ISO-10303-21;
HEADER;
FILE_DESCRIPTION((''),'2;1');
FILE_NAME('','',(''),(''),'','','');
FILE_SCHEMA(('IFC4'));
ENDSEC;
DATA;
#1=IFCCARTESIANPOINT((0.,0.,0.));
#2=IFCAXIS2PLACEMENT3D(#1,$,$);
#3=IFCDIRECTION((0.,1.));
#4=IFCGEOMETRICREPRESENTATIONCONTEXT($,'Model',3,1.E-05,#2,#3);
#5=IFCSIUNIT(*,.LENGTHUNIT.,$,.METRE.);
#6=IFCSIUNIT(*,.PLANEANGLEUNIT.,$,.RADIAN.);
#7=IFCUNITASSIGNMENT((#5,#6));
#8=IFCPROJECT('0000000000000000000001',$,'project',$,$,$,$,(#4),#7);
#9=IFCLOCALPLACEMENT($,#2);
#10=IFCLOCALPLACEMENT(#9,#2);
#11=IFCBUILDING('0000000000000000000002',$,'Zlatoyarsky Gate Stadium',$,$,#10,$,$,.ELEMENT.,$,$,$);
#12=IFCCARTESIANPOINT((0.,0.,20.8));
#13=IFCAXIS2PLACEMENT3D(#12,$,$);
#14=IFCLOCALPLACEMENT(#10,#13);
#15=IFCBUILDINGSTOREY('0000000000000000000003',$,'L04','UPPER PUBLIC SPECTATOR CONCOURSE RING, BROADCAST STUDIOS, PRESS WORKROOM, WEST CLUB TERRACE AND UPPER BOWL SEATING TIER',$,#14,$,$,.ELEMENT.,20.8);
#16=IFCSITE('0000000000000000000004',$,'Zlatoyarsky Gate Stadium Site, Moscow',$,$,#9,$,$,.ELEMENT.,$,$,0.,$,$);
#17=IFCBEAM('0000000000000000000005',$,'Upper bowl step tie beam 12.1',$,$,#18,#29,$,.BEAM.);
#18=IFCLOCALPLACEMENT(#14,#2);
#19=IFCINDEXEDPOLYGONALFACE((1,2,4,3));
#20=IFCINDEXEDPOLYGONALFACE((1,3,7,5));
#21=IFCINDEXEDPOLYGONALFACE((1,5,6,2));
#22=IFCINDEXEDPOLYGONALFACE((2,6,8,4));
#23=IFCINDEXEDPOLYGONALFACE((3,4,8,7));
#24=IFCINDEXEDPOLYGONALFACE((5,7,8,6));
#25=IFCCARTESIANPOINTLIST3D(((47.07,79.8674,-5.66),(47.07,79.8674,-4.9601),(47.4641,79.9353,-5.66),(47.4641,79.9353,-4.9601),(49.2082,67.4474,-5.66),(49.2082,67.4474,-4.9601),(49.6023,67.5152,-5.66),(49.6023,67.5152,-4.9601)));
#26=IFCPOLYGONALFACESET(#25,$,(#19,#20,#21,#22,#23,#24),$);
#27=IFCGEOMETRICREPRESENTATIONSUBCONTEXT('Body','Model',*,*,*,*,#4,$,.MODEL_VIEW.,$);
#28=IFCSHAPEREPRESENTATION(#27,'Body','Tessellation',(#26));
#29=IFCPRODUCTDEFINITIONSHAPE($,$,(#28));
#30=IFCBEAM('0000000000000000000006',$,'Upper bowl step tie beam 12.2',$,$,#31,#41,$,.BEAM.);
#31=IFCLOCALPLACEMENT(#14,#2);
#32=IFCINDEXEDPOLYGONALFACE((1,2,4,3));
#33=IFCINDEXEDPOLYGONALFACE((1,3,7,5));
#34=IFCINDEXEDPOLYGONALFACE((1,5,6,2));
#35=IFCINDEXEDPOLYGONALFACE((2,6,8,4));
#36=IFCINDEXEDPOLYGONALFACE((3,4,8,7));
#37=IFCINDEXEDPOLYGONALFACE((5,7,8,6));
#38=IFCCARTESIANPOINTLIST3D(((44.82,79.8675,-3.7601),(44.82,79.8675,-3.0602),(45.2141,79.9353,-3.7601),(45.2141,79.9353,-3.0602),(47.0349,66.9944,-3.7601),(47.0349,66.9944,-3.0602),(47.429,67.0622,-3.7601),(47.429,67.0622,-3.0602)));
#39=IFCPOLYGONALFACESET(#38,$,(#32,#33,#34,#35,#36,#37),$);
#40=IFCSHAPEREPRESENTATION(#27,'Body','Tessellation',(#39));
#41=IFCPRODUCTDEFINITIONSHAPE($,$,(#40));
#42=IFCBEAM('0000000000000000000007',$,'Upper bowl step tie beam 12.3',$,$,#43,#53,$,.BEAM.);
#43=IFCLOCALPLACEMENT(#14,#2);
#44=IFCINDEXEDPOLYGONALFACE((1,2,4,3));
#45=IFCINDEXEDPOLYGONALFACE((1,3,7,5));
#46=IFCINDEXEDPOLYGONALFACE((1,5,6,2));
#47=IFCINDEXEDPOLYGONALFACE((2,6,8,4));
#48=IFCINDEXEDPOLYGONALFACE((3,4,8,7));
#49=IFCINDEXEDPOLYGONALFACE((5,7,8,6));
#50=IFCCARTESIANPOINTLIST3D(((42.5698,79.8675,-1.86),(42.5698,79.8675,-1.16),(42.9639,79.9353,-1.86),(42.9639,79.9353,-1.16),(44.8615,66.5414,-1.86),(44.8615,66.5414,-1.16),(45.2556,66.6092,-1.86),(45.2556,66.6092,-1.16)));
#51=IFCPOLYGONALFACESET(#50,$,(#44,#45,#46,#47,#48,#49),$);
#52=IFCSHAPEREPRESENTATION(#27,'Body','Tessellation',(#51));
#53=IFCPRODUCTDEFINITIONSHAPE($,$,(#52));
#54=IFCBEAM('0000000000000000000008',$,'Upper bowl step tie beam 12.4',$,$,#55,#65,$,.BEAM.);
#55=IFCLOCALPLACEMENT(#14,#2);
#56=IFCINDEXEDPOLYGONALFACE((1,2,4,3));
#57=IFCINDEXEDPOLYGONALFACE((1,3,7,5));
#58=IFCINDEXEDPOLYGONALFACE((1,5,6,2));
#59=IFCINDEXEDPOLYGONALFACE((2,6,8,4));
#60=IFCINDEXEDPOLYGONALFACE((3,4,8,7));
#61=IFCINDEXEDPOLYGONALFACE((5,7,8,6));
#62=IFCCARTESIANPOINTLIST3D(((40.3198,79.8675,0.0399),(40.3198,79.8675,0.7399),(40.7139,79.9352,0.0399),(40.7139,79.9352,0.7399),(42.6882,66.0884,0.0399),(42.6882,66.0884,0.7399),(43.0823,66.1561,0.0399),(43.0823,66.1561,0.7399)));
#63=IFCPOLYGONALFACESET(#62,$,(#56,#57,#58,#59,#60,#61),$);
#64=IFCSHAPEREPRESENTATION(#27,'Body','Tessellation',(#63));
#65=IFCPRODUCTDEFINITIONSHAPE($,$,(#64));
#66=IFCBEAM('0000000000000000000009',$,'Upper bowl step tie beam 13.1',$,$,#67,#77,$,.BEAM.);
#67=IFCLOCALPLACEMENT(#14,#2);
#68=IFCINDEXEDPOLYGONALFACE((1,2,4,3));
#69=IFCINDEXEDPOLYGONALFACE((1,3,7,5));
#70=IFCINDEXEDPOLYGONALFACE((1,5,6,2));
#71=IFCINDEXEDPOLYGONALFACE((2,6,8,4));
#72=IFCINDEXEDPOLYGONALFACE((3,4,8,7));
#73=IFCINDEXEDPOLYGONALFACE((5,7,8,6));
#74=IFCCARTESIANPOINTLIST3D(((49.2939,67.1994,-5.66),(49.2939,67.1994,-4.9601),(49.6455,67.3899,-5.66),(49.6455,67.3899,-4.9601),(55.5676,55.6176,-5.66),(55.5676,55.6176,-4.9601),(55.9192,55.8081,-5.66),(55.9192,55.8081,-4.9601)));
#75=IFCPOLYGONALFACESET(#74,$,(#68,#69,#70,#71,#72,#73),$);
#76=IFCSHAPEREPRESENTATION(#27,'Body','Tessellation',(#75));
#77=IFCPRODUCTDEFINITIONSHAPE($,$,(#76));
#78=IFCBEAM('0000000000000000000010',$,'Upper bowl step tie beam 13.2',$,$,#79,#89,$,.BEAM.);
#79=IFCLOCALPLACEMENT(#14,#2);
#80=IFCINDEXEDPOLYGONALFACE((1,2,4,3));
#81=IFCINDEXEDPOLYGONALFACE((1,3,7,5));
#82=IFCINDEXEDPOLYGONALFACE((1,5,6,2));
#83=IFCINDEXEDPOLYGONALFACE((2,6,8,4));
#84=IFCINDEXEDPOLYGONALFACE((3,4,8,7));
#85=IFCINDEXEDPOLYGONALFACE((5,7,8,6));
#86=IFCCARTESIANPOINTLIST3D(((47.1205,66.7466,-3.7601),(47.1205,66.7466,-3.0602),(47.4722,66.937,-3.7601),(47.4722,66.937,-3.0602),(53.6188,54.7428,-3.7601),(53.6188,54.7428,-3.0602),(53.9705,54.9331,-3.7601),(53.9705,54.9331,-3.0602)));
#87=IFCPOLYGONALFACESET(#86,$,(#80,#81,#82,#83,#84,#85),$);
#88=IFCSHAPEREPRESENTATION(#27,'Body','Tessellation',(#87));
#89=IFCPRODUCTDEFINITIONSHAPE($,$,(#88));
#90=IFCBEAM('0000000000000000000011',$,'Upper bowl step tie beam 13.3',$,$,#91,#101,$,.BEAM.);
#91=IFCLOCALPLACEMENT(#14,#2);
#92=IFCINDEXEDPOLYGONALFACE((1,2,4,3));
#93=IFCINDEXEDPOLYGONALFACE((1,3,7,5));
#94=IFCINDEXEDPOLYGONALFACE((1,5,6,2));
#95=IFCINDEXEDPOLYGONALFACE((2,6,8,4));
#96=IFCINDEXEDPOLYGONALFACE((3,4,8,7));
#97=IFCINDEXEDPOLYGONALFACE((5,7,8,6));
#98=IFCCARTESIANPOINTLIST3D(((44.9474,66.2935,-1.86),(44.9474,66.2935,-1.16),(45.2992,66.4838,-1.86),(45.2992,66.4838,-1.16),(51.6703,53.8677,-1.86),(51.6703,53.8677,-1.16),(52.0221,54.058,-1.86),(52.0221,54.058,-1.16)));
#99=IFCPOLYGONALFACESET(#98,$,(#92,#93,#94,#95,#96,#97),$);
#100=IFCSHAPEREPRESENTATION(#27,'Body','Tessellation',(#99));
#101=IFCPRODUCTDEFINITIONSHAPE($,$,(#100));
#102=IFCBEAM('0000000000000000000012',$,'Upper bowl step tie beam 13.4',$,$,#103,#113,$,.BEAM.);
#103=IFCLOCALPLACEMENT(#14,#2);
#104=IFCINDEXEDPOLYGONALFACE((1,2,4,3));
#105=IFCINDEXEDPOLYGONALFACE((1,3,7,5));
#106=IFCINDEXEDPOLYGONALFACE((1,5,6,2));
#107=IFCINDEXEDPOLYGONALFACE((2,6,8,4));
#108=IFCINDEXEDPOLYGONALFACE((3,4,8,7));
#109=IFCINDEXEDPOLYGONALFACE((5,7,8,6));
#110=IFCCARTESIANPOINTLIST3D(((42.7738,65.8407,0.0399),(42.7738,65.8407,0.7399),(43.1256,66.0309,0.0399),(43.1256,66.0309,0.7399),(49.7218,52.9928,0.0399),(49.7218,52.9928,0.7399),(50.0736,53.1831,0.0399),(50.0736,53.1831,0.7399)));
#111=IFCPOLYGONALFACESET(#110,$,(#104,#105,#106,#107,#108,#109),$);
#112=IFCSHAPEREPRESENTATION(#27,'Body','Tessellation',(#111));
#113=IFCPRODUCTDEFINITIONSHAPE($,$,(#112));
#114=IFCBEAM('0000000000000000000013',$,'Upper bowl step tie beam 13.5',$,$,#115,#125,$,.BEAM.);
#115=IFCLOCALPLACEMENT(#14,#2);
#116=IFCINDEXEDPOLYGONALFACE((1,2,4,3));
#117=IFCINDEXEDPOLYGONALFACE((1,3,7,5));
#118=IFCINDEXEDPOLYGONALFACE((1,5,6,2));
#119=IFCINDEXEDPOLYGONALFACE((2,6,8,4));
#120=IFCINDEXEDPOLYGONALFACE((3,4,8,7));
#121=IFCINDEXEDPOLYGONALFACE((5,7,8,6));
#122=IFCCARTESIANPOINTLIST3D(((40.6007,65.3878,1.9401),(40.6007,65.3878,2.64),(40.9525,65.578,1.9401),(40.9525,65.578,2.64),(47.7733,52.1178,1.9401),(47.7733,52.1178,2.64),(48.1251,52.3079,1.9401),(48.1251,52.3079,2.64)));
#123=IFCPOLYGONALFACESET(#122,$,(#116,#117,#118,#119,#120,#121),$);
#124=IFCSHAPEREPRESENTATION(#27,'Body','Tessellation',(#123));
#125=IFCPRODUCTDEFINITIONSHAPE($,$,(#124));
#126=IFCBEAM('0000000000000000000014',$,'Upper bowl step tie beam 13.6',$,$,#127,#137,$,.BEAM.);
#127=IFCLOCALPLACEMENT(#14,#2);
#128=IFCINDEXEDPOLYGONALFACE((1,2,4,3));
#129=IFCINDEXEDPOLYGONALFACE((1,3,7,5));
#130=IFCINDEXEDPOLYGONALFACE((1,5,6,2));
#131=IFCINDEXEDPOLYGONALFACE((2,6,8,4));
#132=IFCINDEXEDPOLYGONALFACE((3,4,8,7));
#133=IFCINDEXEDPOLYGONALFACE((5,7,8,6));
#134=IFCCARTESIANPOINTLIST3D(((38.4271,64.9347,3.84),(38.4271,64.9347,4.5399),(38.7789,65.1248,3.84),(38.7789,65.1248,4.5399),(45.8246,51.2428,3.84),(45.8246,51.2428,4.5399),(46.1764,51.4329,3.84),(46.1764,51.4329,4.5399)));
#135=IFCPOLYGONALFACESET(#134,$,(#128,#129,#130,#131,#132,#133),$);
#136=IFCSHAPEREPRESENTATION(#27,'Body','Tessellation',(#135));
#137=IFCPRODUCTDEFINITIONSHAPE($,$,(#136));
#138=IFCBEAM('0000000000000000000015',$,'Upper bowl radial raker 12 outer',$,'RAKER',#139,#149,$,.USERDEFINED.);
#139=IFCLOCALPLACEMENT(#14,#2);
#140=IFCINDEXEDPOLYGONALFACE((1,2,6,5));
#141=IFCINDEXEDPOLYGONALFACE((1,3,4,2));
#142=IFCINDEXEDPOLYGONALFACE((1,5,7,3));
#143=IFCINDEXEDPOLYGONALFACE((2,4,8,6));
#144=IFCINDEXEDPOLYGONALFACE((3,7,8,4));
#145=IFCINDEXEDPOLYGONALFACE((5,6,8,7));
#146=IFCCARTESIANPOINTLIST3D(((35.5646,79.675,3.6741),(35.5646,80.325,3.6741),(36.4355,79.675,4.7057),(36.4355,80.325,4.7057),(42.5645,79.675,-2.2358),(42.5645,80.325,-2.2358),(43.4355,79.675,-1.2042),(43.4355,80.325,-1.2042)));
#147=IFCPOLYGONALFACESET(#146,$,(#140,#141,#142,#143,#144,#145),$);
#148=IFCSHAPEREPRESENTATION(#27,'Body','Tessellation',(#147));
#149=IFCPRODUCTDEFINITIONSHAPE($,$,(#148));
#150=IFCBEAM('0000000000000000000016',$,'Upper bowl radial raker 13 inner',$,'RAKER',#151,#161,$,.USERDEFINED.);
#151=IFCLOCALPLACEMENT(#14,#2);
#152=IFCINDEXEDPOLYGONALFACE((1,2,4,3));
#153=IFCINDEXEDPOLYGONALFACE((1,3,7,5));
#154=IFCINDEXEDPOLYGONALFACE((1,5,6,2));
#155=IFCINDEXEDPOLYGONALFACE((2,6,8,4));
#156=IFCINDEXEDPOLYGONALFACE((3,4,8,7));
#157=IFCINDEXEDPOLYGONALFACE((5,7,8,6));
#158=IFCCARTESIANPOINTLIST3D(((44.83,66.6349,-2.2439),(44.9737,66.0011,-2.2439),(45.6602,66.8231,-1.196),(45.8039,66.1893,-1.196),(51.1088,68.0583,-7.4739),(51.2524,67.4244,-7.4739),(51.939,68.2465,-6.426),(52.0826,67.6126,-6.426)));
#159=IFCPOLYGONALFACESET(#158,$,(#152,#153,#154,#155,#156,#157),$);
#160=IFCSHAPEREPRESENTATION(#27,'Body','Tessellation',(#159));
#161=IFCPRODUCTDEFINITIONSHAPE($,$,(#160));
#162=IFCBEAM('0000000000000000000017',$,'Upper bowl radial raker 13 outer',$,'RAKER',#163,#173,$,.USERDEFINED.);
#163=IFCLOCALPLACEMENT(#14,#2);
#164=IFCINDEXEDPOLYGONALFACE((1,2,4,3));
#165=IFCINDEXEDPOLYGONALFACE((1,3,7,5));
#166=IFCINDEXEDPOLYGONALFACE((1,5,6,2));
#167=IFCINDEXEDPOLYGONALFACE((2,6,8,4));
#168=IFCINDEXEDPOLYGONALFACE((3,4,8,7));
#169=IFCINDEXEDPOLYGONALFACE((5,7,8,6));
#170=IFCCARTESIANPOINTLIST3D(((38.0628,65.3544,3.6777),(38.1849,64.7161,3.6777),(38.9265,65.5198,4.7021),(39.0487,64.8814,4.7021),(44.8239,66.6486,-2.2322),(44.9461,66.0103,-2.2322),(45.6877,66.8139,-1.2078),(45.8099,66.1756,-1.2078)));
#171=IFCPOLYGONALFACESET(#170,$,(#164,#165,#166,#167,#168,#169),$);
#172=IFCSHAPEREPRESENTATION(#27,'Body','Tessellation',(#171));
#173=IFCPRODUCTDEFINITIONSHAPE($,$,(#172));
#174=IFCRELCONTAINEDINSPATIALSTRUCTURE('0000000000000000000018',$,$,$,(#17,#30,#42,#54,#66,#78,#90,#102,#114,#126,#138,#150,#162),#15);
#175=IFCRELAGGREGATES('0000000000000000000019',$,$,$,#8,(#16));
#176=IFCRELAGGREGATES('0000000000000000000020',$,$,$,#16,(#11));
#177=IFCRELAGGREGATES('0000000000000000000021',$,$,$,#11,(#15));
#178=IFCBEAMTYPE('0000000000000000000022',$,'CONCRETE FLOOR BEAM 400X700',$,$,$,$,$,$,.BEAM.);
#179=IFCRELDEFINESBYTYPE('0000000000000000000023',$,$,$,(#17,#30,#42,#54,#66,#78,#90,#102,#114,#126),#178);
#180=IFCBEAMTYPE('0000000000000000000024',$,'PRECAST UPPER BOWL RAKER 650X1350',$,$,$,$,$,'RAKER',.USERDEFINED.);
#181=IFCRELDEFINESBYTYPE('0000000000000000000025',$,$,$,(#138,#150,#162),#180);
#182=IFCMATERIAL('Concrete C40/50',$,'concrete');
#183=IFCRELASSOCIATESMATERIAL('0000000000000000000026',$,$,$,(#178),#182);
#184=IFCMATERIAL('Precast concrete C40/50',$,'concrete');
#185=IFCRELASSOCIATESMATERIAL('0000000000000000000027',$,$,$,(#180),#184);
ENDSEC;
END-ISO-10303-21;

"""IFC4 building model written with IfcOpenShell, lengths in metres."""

from ifc_helpers import new_model, si_unit, direction, frame, origin, origin_2d, place, context, subcontext, project, spatial, rectangle, extrude, material, material_profile, profile_set, type_object, element, save


model = new_model("IFC4")

# Units and contexts
model_context = context("Model", 3, precision=1e-05, world=origin(), true_north=direction((0.0, 1.0)))
body_context = subcontext(model_context, "Body", "Model", "MODEL_VIEW")
ifc_project = project(units=[si_unit("LENGTHUNIT", "METRE"), si_unit("PLANEANGLEUNIT", "RADIAN")], contexts=[model_context])

# Site, building, storey
site_placement = place(None, origin())
site = spatial("IfcSite", under=ifc_project, at=site_placement, Name="Zlatoyarsky Gate Stadium Site, Moscow", CompositionType="ELEMENT", RefElevation=0.0)
building_placement = place(site_placement, origin())
building = spatial("IfcBuilding", under=site, at=building_placement, Name="Zlatoyarsky Gate Stadium", CompositionType="ELEMENT")
storey_placement = place(building_placement, frame((0.0, 0.0, 20.8)))
storey = spatial("IfcBuildingStorey", under=building, at=storey_placement, Name="L04", Description="UPPER PUBLIC SPECTATOR CONCOURSE RING, BROADCAST STUDIOS, PRESS WORKROOM, WEST CLUB TERRACE AND UPPER BOWL SEATING TIER", CompositionType="ELEMENT", Elevation=20.8)

# Beams
ifc_material_1 = material(Name="Concrete C40/50", Category="concrete")
ifc_material_profile_1 = material_profile(ifc_material_1, rectangle(XDim=0.3999, YDim=0.7, at=origin_2d()), Name="RC BEAM 400X700")
ifc_profile_set_1 = profile_set([ifc_material_profile_1], Name="Concrete C40/50")
beam_type_1 = type_object("IfcBeamType", Name="CONCRETE FLOOR BEAM 400X700", PredefinedType="BEAM", material=ifc_profile_set_1)
beam_1_placement = place(storey_placement, frame((47.2671, 79.9014, -5.3101), z_axis=(0.169658, -0.985503, 0.0), x_axis=(0.985503, 0.169658, 0.0)))
element("IfcBeam", 1, at=beam_1_placement, inside=storey, type_object=beam_type_1, Name="Upper bowl step tie beam 12.1", PredefinedType="BEAM", context=body_context, shape_type="SweptSolid", body=[
    extrude(rectangle(XDim=0.3999, YDim=0.7, at=origin_2d()), origin(), (0.0, 0.0, 1.0), 12.6028),
])
beam_2_placement = place(storey_placement, frame((45.0171, 79.9014, -3.4102), z_axis=(0.169561, -0.98552, 0.0), x_axis=(0.98552, 0.169561, 0.0)))
element("IfcBeam", 2, at=beam_2_placement, inside=storey, type_object=beam_type_1, Name="Upper bowl step tie beam 12.2", PredefinedType="BEAM", context=body_context, shape_type="SweptSolid", body=[
    extrude(rectangle(XDim=0.3999, YDim=0.7, at=origin_2d()), origin(), (0.0, 0.0, 1.0), 13.0623),
])
beam_3_placement = place(storey_placement, frame((42.7668, 79.9014, -1.51), z_axis=(0.169485, -0.985533, 0.0), x_axis=(0.985533, 0.169485, 0.0)))
element("IfcBeam", 3, at=beam_3_placement, inside=storey, type_object=beam_type_1, Name="Upper bowl step tie beam 12.3", PredefinedType="BEAM", context=body_context, shape_type="SweptSolid", body=[
    extrude(rectangle(XDim=0.3999, YDim=0.7, at=origin_2d()), origin(), (0.0, 0.0, 1.0), 13.5217),
])
beam_4_placement = place(storey_placement, frame((40.5168, 79.9014, 0.3899), z_axis=(0.1694, -0.985547, 0.0), x_axis=(0.985547, 0.1694, 0.0)))
element("IfcBeam", 4, at=beam_4_placement, inside=storey, type_object=beam_type_1, Name="Upper bowl step tie beam 12.4", PredefinedType="BEAM", context=body_context, shape_type="SweptSolid", body=[
    extrude(rectangle(XDim=0.3999, YDim=0.7, at=origin_2d()), origin(), (0.0, 0.0, 1.0), 13.9812),
])
beam_5_placement = place(storey_placement, frame((49.4697, 67.2947, -5.3101), z_axis=(0.476296, -0.879285, 0.0), x_axis=(0.879285, 0.476296, 0.0)))
element("IfcBeam", 5, at=beam_5_placement, inside=storey, type_object=beam_type_1, Name="Upper bowl step tie beam 13.1", PredefinedType="BEAM", context=body_context, shape_type="SweptSolid", body=[
    extrude(rectangle(XDim=0.3999, YDim=0.7, at=origin_2d()), origin(), (0.0, 0.0, 1.0), 13.1719),
])
beam_6_placement = place(storey_placement, frame((47.2964, 66.8418, -3.4102), z_axis=(0.476066, -0.879409, 0.0), x_axis=(0.879409, 0.476066, 0.0)))
element("IfcBeam", 6, at=beam_6_placement, inside=storey, type_object=beam_type_1, Name="Upper bowl step tie beam 13.2", PredefinedType="BEAM", context=body_context, shape_type="SweptSolid", body=[
    extrude(rectangle(XDim=0.3999, YDim=0.7, at=origin_2d()), origin(), (0.0, 0.0, 1.0), 13.6499),
])
beam_7_placement = place(storey_placement, frame((45.1233, 66.3887, -1.51), z_axis=(0.47586, -0.879521, 0.0), x_axis=(0.879521, 0.47586, 0.0)))
element("IfcBeam", 7, at=beam_7_placement, inside=storey, type_object=beam_type_1, Name="Upper bowl step tie beam 13.3", PredefinedType="BEAM", context=body_context, shape_type="SweptSolid", body=[
    extrude(rectangle(XDim=0.3999, YDim=0.7, at=origin_2d()), origin(), (0.0, 0.0, 1.0), 14.1279),
])
beam_8_placement = place(storey_placement, frame((42.9497, 65.9358, 0.3899), z_axis=(0.475686, -0.879615, 0.0), x_axis=(0.879615, 0.475686, 0.0)))
element("IfcBeam", 8, at=beam_8_placement, inside=storey, type_object=beam_type_1, Name="Upper bowl step tie beam 13.4", PredefinedType="BEAM", context=body_context, shape_type="SweptSolid", body=[
    extrude(rectangle(XDim=0.3999, YDim=0.7, at=origin_2d()), origin(), (0.0, 0.0, 1.0), 14.6062),
])
beam_9_placement = place(storey_placement, frame((40.7766, 65.4829, 2.29), z_axis=(0.475498, -0.879717, 0.0), x_axis=(0.879717, 0.475498, 0.0)))
element("IfcBeam", 9, at=beam_9_placement, inside=storey, type_object=beam_type_1, Name="Upper bowl step tie beam 13.5", PredefinedType="BEAM", context=body_context, shape_type="SweptSolid", body=[
    extrude(rectangle(XDim=0.3999, YDim=0.7, at=origin_2d()), origin(), (0.0, 0.0, 1.0), 15.0845),
])
beam_10_placement = place(storey_placement, frame((38.603, 65.0298, 4.1899), z_axis=(0.47534, -0.879802, 0.0), x_axis=(0.879802, 0.47534, 0.0)))
element("IfcBeam", 10, at=beam_10_placement, inside=storey, type_object=beam_type_1, Name="Upper bowl step tie beam 13.6", PredefinedType="BEAM", context=body_context, shape_type="SweptSolid", body=[
    extrude(rectangle(XDim=0.3999, YDim=0.7, at=origin_2d()), origin(), (0.0, 0.0, 1.0), 15.5625),
])
ifc_material_2 = material(Name="Precast concrete C40/50", Category="concrete")
ifc_material_profile_2 = material_profile(ifc_material_2, rectangle(XDim=0.6499, YDim=1.3501, at=origin_2d()), Name="PC RAKER 650X1350")
ifc_profile_set_2 = profile_set([ifc_material_profile_2], Name="Precast concrete C40/50")
beam_type_2 = type_object("IfcBeamType", Name="PRECAST UPPER BOWL RAKER 650X1350", ElementType="RAKER", PredefinedType="USERDEFINED", material=ifc_profile_set_2)
beam_11_placement = place(storey_placement, frame((43.0, 80.0, -1.72), z_axis=(-0.764094, 0.0, 0.645104), x_axis=(0.0, -1.0, 0.0)))
element("IfcBeam", 11, at=beam_11_placement, inside=storey, type_object=beam_type_2, Name="Upper bowl radial raker 12 outer", ObjectType="RAKER", PredefinedType="USERDEFINED", context=body_context, shape_type="SweptSolid", body=[
    extrude(rectangle(XDim=0.6499, YDim=1.3501, at=origin_2d()), origin(), (0.0, 0.0, 1.0), 9.1611),
])
beam_12_placement = place(storey_placement, frame((51.5957, 67.8354, -6.95), z_axis=(-0.756966, -0.171596, 0.630521), x_axis=(0.22108, -0.975256, 0.0)))
element("IfcBeam", 12, at=beam_12_placement, inside=storey, type_object=beam_type_2, Name="Upper bowl radial raker 13 inner", ObjectType="RAKER", PredefinedType="USERDEFINED", context=body_context, shape_type="SweptSolid", body=[
    extrude(rectangle(XDim=0.6499, YDim=1.3501, at=origin_2d()), origin(), (0.0, 0.0, 1.0), 8.2947),
])
beam_13_placement = place(storey_placement, frame((45.3169, 66.4121, -1.72), z_axis=(-0.745217, -0.142645, 0.651386), x_axis=(0.188, -0.982169, 0.0)))
element("IfcBeam", 13, at=beam_13_placement, inside=storey, type_object=beam_type_2, Name="Upper bowl radial raker 13 outer", ObjectType="RAKER", PredefinedType="USERDEFINED", context=body_context, shape_type="SweptSolid", body=[
    extrude(rectangle(XDim=0.6499, YDim=1.3501, at=origin_2d()), origin(), (0.0, 0.0, 1.0), 9.0728),
])

save(model, "model.ifc")
